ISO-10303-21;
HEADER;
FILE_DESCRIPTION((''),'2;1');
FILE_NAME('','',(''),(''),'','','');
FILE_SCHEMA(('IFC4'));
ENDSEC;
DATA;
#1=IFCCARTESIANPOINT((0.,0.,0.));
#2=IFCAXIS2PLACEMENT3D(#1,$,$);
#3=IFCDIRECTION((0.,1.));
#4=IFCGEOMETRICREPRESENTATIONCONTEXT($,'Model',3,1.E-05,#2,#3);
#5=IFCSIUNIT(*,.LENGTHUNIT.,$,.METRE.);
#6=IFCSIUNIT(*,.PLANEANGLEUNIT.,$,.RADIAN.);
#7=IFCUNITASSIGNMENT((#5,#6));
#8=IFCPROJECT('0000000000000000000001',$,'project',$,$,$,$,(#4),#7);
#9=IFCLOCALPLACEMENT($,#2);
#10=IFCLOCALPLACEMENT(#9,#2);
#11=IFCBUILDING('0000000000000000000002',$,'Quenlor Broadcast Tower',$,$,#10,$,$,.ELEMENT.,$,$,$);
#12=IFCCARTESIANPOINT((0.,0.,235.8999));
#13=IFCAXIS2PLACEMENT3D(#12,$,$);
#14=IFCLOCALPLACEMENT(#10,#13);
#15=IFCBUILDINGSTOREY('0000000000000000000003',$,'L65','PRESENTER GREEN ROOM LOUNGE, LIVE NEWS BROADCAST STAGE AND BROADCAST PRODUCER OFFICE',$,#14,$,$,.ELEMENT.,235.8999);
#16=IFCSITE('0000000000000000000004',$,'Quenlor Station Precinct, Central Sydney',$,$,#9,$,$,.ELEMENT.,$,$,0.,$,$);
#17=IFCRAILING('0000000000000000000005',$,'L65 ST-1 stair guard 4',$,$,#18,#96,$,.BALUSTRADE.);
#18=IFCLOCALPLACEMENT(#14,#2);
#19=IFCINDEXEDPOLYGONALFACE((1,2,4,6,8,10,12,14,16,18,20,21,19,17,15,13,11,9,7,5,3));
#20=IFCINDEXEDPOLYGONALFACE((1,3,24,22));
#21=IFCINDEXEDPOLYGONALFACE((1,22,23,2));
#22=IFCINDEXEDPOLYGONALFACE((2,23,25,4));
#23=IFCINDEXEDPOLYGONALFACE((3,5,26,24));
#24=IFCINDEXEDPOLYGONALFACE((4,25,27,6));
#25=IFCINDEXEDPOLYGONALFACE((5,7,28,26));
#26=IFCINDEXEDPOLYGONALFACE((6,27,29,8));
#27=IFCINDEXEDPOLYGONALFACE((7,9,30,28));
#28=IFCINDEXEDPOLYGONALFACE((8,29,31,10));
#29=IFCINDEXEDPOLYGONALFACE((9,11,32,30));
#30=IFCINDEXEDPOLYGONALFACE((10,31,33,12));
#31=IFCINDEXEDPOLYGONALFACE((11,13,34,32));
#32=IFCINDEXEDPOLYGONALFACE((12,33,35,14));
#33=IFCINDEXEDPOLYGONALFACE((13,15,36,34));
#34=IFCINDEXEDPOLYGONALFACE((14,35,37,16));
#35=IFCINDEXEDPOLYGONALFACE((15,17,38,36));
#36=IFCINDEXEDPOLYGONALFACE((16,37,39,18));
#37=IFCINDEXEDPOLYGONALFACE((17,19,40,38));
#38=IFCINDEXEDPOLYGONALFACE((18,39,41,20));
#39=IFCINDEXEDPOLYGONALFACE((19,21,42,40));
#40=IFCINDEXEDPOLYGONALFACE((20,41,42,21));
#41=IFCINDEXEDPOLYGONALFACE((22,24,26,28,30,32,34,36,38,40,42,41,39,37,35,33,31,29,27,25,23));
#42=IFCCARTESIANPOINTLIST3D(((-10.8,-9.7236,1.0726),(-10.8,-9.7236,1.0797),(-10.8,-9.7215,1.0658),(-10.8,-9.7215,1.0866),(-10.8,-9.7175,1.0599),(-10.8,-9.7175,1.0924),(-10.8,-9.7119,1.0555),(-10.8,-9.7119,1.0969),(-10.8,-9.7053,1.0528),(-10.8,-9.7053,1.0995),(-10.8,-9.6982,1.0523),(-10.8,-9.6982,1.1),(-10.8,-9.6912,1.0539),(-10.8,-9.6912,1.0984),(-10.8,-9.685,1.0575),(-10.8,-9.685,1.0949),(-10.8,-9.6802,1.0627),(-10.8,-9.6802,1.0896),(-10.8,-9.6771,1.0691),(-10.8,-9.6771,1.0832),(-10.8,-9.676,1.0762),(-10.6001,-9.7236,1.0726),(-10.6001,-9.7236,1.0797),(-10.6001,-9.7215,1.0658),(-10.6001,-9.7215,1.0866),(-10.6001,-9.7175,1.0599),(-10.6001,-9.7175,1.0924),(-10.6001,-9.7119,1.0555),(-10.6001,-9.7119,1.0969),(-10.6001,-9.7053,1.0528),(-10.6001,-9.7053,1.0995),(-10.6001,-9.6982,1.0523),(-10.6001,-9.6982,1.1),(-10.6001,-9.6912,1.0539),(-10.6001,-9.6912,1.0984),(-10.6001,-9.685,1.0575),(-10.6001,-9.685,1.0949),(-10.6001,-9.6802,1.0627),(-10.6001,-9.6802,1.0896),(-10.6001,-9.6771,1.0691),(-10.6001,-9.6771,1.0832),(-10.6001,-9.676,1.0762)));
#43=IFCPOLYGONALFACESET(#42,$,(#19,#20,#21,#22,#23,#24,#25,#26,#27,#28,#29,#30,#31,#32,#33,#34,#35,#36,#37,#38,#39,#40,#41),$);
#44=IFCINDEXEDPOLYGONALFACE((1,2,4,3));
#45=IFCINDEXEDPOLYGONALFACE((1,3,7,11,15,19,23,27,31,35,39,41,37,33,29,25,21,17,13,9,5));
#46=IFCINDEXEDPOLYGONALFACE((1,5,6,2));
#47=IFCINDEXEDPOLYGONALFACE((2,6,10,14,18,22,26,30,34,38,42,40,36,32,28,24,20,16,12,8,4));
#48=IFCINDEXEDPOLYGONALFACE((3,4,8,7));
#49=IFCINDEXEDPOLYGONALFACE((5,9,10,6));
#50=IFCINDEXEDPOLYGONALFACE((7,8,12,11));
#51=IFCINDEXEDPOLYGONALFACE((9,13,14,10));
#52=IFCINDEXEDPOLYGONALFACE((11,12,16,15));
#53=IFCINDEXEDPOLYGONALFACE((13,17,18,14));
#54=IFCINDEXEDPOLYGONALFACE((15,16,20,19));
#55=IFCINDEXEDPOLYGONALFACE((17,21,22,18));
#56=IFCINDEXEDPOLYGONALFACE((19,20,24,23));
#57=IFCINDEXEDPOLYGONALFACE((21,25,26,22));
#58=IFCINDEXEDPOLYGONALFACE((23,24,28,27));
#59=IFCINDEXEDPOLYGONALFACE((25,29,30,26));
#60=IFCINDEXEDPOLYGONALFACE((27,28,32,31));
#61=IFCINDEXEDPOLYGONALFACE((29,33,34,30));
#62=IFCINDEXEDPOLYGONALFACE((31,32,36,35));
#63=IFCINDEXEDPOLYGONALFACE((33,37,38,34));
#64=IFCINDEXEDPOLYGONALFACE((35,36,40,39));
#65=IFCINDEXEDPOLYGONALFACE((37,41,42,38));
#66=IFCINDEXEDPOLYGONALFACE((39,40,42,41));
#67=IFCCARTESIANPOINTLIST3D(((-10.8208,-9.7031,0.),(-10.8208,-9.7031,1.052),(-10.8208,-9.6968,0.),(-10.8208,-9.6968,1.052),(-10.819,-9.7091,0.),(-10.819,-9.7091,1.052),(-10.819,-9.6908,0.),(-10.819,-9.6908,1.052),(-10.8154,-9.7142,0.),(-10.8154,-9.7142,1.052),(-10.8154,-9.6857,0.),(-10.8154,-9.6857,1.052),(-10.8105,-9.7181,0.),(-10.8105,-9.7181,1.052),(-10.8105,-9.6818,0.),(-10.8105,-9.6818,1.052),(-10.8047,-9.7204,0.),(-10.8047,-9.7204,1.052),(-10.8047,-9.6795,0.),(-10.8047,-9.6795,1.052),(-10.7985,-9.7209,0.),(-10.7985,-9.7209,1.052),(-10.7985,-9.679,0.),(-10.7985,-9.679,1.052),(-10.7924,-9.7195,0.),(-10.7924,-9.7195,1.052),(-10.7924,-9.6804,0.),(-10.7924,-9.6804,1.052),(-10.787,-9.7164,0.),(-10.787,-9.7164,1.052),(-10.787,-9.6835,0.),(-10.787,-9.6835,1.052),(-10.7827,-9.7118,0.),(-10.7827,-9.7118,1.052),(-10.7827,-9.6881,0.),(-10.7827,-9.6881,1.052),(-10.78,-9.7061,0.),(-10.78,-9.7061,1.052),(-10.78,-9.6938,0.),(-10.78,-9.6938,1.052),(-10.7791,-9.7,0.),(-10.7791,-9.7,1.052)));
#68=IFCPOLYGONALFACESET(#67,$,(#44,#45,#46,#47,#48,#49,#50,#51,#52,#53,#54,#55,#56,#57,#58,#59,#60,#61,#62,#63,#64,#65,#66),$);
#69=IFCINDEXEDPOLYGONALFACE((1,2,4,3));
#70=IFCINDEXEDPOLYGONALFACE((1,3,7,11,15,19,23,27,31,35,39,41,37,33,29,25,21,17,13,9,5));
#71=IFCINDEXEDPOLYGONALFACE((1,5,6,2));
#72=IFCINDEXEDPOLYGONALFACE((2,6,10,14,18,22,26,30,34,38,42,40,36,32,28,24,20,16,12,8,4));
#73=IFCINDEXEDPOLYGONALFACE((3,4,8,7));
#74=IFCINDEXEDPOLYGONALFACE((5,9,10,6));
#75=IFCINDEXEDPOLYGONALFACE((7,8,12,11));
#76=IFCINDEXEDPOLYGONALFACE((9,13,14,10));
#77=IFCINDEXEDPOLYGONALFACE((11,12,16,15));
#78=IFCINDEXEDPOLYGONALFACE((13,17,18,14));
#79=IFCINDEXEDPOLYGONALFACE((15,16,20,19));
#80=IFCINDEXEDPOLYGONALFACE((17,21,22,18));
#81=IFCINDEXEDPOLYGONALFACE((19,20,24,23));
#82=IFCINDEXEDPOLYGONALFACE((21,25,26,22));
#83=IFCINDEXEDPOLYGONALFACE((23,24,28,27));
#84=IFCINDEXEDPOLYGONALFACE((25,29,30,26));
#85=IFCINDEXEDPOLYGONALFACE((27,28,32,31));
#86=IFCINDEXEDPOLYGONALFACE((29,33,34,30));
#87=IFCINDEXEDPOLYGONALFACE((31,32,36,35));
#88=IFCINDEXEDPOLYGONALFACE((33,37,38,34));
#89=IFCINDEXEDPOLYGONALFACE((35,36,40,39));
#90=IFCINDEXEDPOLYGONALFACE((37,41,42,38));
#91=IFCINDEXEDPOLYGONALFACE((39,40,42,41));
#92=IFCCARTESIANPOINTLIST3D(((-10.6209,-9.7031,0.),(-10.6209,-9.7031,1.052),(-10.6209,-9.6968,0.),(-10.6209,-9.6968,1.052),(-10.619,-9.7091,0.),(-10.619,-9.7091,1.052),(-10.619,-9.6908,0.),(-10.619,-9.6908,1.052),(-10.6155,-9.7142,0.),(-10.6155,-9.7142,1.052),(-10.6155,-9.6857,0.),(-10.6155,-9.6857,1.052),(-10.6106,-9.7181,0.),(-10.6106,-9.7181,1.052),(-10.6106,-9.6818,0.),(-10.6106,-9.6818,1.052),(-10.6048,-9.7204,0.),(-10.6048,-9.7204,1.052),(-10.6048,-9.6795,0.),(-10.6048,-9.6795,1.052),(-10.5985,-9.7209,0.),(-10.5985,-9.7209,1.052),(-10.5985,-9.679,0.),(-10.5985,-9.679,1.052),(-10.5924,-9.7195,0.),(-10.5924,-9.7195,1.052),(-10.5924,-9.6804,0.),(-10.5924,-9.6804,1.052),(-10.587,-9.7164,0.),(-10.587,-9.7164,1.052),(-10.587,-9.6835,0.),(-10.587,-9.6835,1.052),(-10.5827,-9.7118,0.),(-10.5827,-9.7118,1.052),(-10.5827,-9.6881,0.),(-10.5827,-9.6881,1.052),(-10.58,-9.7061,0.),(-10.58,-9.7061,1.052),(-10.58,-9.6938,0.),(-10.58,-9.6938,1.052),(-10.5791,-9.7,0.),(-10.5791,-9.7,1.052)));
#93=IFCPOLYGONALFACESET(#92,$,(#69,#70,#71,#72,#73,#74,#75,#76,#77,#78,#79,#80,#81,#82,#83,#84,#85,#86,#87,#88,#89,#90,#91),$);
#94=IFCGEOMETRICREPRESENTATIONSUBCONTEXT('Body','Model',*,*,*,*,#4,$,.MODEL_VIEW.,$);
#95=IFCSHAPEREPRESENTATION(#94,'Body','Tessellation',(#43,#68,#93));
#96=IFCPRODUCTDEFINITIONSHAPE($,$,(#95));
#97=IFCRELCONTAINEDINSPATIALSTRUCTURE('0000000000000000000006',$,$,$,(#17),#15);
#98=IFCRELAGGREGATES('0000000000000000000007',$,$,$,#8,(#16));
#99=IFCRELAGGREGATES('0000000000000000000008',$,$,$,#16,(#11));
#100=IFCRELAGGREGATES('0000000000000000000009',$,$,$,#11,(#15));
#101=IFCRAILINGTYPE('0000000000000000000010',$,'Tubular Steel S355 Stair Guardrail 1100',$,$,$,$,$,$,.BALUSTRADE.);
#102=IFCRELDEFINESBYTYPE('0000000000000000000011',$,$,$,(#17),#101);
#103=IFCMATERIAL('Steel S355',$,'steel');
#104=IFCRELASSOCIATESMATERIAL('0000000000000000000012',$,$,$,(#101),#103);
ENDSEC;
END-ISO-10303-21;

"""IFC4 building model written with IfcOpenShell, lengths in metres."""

from ifc_helpers import new_model, si_unit, direction, frame, origin, origin_2d, place, context, subcontext, project, spatial, circle, extrude, material, type_object, element, save


model = new_model("IFC4")

# Units and contexts
model_context = context("Model", 3, precision=1e-05, world=origin(), true_north=direction((0.0, 1.0)))
body_context = subcontext(model_context, "Body", "Model", "MODEL_VIEW")
ifc_project = project(units=[si_unit("LENGTHUNIT", "METRE"), si_unit("PLANEANGLEUNIT", "RADIAN")], contexts=[model_context])

# Site, building, storey
site_placement = place(None, origin())
site = spatial("IfcSite", under=ifc_project, at=site_placement, Name="Quenlor Station Precinct, Central Sydney", CompositionType="ELEMENT", RefElevation=0.0)
building_placement = place(site_placement, origin())
building = spatial("IfcBuilding", under=site, at=building_placement, Name="Quenlor Broadcast Tower", CompositionType="ELEMENT")
storey_placement = place(building_placement, frame((0.0, 0.0, 235.8999)))
storey = spatial("IfcBuildingStorey", under=building, at=storey_placement, Name="L65", Description="PRESENTER GREEN ROOM LOUNGE, LIVE NEWS BROADCAST STAGE AND BROADCAST PRODUCER OFFICE", CompositionType="ELEMENT", Elevation=235.8999)

# Railing
ifc_material_1 = material(Name="Steel S355", Category="steel")
railing_type = type_object("IfcRailingType", Name="Tubular Steel S355 Stair Guardrail 1100", PredefinedType="BALUSTRADE", material=ifc_material_1)
railing_1_placement = place(storey_placement, frame((-10.8, -9.7, 0.0)))
element("IfcRailing", 1, at=railing_1_placement, inside=storey, type_object=railing_type, Name="L65 ST-1 stair guard 4", PredefinedType="BALUSTRADE", context=body_context, shape_type="SweptSolid", body=[
    extrude(circle(Radius=0.0239, at=origin_2d()), frame((0.0, 0.0, 1.0762), z_axis=(1.0, 0.0, 0.0), x_axis=(0.0, 1.0, 0.0)), (0.0, 0.0, 1.0), 0.2),
    extrude(circle(Radius=0.021, at=origin_2d()), origin(), (0.0, 0.0, 1.0), 1.052),
    extrude(circle(Radius=0.021, at=origin_2d()), frame((0.2, 0.0, 0.0)), (0.0, 0.0, 1.0), 1.052),
])

save(model, "model.ifc")
